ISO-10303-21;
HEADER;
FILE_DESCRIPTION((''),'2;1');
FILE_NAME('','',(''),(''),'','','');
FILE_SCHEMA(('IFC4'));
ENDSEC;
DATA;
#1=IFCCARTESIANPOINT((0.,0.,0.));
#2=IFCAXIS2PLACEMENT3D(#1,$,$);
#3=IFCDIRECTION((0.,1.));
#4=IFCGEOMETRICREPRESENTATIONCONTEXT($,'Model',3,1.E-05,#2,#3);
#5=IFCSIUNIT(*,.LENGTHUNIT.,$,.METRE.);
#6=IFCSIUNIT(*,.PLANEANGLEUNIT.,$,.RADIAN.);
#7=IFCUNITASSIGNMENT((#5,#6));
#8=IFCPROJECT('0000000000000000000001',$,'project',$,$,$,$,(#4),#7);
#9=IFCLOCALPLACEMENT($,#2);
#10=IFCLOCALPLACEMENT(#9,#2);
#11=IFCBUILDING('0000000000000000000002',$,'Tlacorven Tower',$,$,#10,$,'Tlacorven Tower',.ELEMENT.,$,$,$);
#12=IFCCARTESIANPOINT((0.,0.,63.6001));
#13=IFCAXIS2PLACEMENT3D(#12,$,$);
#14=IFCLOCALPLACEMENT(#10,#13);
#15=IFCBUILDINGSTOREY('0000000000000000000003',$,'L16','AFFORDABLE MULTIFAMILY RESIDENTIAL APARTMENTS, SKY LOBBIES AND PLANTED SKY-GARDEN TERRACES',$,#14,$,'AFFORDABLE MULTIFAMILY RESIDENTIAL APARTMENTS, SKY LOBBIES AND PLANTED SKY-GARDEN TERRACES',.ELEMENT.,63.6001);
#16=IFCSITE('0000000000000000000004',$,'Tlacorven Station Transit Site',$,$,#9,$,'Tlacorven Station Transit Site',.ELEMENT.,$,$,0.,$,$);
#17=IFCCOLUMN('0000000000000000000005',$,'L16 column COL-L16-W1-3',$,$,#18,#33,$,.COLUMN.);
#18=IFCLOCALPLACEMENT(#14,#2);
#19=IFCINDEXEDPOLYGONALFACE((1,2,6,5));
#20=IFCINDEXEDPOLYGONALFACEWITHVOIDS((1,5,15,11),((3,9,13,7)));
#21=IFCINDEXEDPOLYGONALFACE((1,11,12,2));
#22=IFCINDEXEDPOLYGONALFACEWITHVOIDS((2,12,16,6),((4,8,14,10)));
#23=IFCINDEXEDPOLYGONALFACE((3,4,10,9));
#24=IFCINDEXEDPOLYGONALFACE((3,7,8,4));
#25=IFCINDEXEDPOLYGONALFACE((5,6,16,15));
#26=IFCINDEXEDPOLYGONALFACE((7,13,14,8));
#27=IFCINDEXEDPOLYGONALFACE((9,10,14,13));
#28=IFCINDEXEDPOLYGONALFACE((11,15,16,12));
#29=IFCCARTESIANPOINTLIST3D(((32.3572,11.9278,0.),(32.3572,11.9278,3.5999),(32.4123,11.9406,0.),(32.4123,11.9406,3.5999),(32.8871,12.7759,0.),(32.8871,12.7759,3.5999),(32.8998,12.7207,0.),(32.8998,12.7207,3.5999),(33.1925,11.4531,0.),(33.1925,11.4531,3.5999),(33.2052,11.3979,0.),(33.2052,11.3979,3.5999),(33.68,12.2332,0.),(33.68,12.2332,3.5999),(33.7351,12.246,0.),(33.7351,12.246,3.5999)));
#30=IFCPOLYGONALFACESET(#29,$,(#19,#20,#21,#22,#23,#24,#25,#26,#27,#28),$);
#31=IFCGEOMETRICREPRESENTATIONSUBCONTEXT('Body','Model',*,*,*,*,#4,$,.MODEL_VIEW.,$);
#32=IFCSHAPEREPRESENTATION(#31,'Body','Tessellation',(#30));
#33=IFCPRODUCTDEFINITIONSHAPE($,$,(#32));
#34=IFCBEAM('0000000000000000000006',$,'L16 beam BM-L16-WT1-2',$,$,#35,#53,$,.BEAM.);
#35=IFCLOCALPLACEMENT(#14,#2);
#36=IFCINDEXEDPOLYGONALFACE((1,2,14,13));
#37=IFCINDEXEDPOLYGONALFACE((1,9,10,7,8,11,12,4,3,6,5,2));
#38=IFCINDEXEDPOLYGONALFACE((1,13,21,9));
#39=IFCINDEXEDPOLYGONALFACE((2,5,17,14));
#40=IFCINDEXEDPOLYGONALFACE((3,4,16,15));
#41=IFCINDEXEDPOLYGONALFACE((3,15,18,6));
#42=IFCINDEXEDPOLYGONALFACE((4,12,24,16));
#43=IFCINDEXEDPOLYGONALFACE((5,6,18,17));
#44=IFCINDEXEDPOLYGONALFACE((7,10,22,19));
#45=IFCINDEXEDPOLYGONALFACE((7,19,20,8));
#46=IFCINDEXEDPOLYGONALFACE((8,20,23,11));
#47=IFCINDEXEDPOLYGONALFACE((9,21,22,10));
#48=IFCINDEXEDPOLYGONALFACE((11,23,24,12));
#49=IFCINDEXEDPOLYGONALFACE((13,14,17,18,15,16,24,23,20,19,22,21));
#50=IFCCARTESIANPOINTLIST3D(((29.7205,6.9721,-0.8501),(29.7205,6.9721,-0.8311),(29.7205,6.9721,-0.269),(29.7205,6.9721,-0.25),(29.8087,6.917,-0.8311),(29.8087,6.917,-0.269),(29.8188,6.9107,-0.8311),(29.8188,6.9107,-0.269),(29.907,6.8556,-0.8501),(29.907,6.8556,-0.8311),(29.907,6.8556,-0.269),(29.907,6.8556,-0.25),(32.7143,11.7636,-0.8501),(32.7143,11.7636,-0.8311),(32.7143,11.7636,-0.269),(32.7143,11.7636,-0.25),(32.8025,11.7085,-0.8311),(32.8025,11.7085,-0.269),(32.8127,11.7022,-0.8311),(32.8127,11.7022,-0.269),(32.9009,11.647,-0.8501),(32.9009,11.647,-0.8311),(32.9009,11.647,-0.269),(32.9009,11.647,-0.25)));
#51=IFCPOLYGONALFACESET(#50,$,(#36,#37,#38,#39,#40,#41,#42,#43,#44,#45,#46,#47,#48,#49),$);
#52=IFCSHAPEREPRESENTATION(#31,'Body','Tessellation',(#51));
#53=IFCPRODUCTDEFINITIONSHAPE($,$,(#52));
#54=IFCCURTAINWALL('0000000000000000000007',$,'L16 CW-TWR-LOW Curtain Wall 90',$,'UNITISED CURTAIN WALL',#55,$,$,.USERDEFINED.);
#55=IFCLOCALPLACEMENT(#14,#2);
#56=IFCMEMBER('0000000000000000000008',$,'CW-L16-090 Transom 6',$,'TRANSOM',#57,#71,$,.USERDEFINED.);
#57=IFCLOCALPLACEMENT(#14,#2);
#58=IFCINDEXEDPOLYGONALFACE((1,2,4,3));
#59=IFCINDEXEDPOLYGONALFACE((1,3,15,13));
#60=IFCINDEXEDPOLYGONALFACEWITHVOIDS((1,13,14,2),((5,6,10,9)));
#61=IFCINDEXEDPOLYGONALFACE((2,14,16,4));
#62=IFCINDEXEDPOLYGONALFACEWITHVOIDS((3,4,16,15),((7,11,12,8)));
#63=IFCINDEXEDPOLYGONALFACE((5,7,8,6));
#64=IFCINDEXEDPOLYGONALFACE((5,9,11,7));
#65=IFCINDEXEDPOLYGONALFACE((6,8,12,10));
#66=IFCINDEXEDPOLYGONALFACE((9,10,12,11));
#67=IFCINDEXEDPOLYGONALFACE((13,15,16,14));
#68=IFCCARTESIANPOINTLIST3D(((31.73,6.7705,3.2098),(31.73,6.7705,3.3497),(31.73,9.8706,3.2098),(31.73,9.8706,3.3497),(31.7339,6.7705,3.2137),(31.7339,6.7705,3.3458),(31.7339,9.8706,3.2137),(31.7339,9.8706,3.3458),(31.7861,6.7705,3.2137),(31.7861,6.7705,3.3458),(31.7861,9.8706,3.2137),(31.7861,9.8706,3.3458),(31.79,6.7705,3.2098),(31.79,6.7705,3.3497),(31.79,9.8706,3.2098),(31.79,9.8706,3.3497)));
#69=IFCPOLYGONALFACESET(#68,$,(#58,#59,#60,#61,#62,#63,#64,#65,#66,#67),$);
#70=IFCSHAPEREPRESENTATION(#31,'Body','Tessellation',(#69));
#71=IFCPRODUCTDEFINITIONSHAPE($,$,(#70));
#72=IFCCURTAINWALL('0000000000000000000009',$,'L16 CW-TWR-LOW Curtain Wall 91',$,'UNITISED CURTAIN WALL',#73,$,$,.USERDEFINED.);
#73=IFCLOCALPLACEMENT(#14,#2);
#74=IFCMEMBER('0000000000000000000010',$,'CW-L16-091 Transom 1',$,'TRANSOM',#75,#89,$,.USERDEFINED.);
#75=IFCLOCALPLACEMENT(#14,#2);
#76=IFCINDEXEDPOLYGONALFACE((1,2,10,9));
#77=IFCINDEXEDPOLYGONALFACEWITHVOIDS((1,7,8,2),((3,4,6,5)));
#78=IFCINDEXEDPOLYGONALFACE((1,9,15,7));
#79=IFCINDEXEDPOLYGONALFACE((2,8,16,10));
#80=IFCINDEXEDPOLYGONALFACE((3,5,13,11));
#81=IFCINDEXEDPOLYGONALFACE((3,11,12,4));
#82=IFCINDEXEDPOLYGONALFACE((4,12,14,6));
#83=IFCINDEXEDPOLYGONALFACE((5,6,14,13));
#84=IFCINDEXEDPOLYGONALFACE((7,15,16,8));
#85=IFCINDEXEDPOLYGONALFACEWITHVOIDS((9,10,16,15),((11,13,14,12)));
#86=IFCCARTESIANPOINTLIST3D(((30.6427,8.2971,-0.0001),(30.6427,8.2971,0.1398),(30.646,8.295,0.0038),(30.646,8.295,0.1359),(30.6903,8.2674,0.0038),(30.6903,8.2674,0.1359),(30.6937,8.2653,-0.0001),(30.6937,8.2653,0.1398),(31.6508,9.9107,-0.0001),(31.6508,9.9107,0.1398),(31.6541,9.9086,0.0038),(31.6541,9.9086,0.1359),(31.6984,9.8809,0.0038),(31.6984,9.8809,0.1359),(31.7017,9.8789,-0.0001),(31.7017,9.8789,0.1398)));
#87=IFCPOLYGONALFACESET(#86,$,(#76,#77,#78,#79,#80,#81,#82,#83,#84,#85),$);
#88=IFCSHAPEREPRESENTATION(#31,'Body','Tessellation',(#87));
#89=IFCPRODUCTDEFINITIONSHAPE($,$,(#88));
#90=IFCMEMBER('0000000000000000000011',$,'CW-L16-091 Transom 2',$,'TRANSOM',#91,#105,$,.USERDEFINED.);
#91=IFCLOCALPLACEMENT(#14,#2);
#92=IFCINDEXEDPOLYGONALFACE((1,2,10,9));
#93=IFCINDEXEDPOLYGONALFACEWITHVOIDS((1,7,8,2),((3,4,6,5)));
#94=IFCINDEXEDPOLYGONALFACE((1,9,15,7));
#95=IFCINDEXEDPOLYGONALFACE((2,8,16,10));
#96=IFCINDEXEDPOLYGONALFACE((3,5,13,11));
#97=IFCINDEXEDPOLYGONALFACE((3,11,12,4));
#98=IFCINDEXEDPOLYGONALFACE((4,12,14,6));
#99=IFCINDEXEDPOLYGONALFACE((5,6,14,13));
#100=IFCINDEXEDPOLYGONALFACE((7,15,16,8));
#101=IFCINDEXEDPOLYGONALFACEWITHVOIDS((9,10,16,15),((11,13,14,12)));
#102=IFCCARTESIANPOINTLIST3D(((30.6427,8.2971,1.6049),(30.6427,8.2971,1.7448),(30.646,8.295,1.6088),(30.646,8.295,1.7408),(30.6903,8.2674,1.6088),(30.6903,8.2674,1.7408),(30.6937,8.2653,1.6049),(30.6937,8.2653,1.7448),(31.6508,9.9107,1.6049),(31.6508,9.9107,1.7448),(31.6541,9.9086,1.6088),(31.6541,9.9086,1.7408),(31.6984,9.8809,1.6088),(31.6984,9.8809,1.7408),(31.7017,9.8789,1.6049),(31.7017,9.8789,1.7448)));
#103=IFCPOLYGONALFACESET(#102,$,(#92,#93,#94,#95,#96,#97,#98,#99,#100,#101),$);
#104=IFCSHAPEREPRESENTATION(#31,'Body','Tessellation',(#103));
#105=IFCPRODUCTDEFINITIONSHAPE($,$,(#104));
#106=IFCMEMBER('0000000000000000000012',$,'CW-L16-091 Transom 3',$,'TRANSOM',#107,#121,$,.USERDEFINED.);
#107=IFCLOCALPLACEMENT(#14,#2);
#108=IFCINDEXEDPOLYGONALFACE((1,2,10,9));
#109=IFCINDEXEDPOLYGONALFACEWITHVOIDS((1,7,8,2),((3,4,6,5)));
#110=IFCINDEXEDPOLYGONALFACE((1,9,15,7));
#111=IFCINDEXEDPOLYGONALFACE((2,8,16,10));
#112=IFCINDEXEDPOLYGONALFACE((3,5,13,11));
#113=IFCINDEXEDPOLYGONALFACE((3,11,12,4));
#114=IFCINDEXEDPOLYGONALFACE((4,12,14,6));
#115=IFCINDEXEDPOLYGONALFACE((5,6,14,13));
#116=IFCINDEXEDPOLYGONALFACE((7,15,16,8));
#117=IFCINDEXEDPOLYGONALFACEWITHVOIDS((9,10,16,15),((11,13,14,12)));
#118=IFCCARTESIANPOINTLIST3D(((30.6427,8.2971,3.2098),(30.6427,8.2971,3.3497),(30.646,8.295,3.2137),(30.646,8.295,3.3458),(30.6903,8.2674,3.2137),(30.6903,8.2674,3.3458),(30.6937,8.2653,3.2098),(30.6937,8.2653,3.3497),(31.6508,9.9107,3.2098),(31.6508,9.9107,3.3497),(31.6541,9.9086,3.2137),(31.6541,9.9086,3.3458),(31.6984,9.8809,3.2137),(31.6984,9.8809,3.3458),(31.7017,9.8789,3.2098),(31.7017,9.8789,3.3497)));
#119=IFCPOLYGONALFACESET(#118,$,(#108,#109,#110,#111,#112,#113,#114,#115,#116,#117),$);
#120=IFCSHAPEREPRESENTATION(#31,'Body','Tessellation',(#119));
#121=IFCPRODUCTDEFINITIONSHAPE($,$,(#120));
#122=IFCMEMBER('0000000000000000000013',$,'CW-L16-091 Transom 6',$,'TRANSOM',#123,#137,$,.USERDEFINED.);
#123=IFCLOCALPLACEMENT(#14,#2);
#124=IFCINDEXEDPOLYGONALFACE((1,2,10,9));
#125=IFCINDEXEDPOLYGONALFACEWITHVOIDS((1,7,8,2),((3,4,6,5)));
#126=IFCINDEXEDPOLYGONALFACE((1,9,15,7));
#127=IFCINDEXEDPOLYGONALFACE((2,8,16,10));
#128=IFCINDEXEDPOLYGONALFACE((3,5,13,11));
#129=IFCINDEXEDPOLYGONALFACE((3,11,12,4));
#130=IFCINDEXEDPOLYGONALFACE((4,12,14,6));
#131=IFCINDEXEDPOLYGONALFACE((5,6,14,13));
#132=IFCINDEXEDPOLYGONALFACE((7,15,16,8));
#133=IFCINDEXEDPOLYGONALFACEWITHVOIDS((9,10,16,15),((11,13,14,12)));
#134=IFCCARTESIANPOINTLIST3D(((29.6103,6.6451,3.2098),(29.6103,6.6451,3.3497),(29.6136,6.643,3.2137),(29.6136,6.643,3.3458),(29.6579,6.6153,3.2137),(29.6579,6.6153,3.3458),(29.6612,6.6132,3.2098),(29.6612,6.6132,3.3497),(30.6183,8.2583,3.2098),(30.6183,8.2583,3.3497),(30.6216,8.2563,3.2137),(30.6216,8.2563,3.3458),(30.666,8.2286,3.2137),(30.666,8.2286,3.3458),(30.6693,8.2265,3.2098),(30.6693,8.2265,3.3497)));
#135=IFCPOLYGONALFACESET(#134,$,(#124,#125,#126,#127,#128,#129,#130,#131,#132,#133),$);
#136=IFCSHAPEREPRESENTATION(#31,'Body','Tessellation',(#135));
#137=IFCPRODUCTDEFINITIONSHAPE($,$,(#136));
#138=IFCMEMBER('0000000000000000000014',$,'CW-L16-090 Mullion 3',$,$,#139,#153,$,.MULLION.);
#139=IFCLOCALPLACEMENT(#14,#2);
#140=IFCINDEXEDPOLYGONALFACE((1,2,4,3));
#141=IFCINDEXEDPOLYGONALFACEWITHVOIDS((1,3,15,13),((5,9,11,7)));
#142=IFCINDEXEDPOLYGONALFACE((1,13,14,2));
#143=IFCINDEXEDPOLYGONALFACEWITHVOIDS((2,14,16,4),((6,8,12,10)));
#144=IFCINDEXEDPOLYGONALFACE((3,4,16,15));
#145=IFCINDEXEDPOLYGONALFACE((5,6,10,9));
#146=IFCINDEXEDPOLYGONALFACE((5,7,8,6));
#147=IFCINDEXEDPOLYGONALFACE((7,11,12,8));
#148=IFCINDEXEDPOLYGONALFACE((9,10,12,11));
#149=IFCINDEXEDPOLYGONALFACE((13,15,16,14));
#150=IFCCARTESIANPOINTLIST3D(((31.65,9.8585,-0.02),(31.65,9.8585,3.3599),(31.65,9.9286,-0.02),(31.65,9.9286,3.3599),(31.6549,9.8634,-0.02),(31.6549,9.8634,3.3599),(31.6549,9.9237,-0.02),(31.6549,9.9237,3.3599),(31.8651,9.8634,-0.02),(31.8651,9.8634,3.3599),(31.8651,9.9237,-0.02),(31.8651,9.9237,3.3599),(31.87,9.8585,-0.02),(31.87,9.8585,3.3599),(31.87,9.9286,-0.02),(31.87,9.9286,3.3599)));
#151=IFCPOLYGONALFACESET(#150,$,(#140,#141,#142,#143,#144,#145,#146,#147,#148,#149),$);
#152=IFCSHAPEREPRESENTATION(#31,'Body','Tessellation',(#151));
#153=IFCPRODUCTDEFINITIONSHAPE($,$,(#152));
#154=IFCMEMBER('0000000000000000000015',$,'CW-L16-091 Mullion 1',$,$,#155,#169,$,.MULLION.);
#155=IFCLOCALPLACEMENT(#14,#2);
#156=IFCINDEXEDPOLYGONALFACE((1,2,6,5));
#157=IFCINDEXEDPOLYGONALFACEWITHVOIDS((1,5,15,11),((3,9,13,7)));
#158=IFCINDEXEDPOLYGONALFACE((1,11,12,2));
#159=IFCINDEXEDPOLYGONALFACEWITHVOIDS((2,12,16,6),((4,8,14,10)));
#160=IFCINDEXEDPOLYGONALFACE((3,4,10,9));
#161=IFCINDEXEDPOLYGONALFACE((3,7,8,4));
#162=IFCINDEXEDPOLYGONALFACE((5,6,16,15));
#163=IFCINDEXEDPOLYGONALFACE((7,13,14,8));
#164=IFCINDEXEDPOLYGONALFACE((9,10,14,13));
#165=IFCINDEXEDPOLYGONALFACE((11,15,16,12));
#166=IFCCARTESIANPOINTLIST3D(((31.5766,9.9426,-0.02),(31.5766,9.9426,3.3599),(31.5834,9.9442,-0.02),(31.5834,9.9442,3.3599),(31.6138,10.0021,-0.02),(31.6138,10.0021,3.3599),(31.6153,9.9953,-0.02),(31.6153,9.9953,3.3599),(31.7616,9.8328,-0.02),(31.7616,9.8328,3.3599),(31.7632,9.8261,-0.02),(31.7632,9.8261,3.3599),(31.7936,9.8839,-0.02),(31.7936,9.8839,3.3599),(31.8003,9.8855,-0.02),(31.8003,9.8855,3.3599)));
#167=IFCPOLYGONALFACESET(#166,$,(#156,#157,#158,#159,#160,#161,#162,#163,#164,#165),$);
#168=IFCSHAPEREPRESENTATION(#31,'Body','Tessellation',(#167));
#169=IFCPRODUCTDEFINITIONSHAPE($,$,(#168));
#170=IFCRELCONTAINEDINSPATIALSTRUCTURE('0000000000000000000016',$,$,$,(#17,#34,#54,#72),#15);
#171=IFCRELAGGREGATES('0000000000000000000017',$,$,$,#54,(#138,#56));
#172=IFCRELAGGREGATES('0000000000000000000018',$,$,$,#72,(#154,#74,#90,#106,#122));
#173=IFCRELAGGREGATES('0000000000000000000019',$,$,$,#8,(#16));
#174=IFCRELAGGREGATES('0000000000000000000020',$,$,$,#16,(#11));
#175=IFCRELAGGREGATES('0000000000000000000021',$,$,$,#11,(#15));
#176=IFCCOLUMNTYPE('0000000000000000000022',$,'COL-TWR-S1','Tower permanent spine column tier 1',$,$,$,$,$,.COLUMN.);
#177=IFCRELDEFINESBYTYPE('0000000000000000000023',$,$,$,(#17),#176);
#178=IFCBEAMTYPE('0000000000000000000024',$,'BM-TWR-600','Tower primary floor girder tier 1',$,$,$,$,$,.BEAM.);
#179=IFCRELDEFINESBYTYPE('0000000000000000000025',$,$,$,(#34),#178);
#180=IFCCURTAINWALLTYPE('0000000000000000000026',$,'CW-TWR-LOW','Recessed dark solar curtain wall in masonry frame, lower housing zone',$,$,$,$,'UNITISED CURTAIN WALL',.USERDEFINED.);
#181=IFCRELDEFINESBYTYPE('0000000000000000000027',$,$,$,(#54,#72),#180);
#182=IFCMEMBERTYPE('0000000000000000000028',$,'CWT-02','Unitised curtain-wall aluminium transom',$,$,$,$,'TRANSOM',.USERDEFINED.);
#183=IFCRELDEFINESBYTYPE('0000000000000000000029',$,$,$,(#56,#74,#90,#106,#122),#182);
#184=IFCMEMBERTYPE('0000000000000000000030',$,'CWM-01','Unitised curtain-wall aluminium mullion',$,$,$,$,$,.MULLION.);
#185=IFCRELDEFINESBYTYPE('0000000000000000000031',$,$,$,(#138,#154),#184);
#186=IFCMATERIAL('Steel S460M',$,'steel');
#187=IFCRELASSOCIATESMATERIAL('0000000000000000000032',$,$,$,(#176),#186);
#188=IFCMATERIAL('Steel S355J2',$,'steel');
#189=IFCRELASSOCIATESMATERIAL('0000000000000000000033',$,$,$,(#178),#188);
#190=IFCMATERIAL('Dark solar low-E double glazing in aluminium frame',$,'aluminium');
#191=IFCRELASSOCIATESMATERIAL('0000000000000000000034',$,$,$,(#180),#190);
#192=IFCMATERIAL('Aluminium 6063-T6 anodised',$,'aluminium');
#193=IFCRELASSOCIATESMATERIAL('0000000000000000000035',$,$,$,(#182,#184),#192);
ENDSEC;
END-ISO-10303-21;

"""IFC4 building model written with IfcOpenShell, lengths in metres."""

from ifc_helpers import new_model, si_unit, direction, frame, origin, origin_2d, place, context, subcontext, project, spatial, hollow_rectangle, i_section, extrude, source, transform, mapped, material, material_profile, profile_set, type_object, element, aggregate, save


model = new_model("IFC4")

# Units and contexts
model_context = context("Model", 3, precision=1e-05, world=origin(), true_north=direction((0.0, 1.0)))
body_context = subcontext(model_context, "Body", "Model", "MODEL_VIEW")
ifc_project = project(units=[si_unit("LENGTHUNIT", "METRE"), si_unit("PLANEANGLEUNIT", "RADIAN")], contexts=[model_context])

# Site, building, storey
site_placement = place(None, origin())
site = spatial("IfcSite", under=ifc_project, at=site_placement, Name="Tlacorven Station Transit Site", LongName="Tlacorven Station Transit Site", CompositionType="ELEMENT", RefElevation=0.0)
building_placement = place(site_placement, origin())
building = spatial("IfcBuilding", under=site, at=building_placement, Name="Tlacorven Tower", LongName="Tlacorven Tower", CompositionType="ELEMENT")
storey_placement = place(building_placement, frame((0.0, 0.0, 63.6001)))
storey = spatial("IfcBuildingStorey", under=building, at=storey_placement, Name="L16", Description="AFFORDABLE MULTIFAMILY RESIDENTIAL APARTMENTS, SKY LOBBIES AND PLANTED SKY-GARDEN TERRACES", LongName="AFFORDABLE MULTIFAMILY RESIDENTIAL APARTMENTS, SKY LOBBIES AND PLANTED SKY-GARDEN TERRACES", CompositionType="ELEMENT", Elevation=63.6001)

# Column
ifc_material_1 = material(Name="Steel S460M", Category="steel")
ifc_material_profile_1 = material_profile(ifc_material_1, hollow_rectangle(XDim=1.0, YDim=1.0, WallThickness=0.04, at=origin_2d()), Name="BOX 1000X1000X40")
ifc_profile_set_1 = profile_set([ifc_material_profile_1], Name="Steel S460M")
column_type = type_object("IfcColumnType", Name="COL-TWR-S1", Description="Tower permanent spine column tier 1", PredefinedType="COLUMN", material=ifc_profile_set_1)
shared_shape_1 = source(origin(), body_context, "Body", "SweptSolid", [
    extrude(hollow_rectangle(XDim=1.0, YDim=1.0, WallThickness=0.04, at=origin_2d()), origin(), (0.0, 0.0, 1.0), 3.5999),
])
column_placement = place(storey_placement, frame((33.0461, 12.0869, 0.0), z_axis=(0.0, 0.0, 1.0), x_axis=(-0.848048, 0.529919, 0.0)))
element("IfcColumn", 1, at=column_placement, inside=storey, type_object=column_type, Name="L16 column COL-L16-W1-3", PredefinedType="COLUMN", context=body_context, shape_type="MappedRepresentation", body=[
    mapped(shared_shape_1, transform((0.0, 0.0, 0.0), scale=1.0)),
])

# Beam
ifc_material_2 = material(Name="Steel S355J2", Category="steel")
ifc_material_profile_2 = material_profile(ifc_material_2, i_section(OverallWidth=0.22, OverallDepth=0.6001, WebThickness=0.012, FlangeThickness=0.019, at=origin_2d()), Name="IPE 600")
ifc_profile_set_2 = profile_set([ifc_material_profile_2], Name="Steel S355J2")
beam_type = type_object("IfcBeamType", Name="BM-TWR-600", Description="Tower primary floor girder tier 1", PredefinedType="BEAM", material=ifc_profile_set_2)
shared_shape_2 = source(origin(), body_context, "Body", "SweptSolid", [
    extrude(i_section(OverallWidth=0.22, OverallDepth=0.6001, WebThickness=0.012, FlangeThickness=0.019, at=origin_2d()), origin(), (0.0, 0.0, 1.0), 5.6499),
])
beam_placement = place(storey_placement, frame((32.8076, 11.7053, -0.55), z_axis=(-0.529898, -0.848061, 0.0), x_axis=(0.848061, -0.529898, 0.0)))
element("IfcBeam", 2, at=beam_placement, inside=storey, type_object=beam_type, Name="L16 beam BM-L16-WT1-2", PredefinedType="BEAM", context=body_context, shape_type="MappedRepresentation", body=[
    mapped(shared_shape_2, transform((0.0, 0.0, 0.0), scale=1.0)),
])

# Curtain wall, member
ifc_material_3 = material(Name="Dark solar low-E double glazing in aluminium frame", Category="aluminium")
curtain_wall_type = type_object("IfcCurtainWallType", Name="CW-TWR-LOW", Description="Recessed dark solar curtain wall in masonry frame, lower housing zone", ElementType="UNITISED CURTAIN WALL", PredefinedType="USERDEFINED", material=ifc_material_3)
curtain_wall_1_placement = place(storey_placement, origin())
curtain_wall_1 = element("IfcCurtainWall", 3, at=curtain_wall_1_placement, inside=storey, type_object=curtain_wall_type, Name="L16 CW-TWR-LOW Curtain Wall 90", ObjectType="UNITISED CURTAIN WALL", PredefinedType="USERDEFINED")
ifc_material_4 = material(Name="Aluminium 6063-T6 anodised", Category="aluminium")
ifc_material_profile_3 = material_profile(ifc_material_4, hollow_rectangle(XDim=0.0601, YDim=0.1399, WallThickness=0.0039, at=origin_2d()), Name="ALU TRANSOM 60X140")
ifc_profile_set_3 = profile_set([ifc_material_profile_3], Name="Aluminium 6063-T6 anodised")
member_type_1 = type_object("IfcMemberType", Name="CWT-02", Description="Unitised curtain-wall aluminium transom", ElementType="TRANSOM", PredefinedType="USERDEFINED", material=ifc_profile_set_3)
shared_shape_3 = source(origin(), body_context, "Body", "SweptSolid", [
    extrude(hollow_rectangle(XDim=0.0601, YDim=0.1399, WallThickness=0.0039, at=origin_2d()), origin(), (0.0, 0.0, 1.0), 3.1001),
])
member_1_placement = place(storey_placement, frame((31.76, 6.7705, 3.2798), z_axis=(0.0, 1.0, 0.0), x_axis=(-1.0, 0.0, 0.0)))
member_1 = element("IfcMember", 4, at=member_1_placement, type_object=member_type_1, Name="CW-L16-090 Transom 6", ObjectType="TRANSOM", PredefinedType="USERDEFINED", context=body_context, shape_type="MappedRepresentation", body=[
    mapped(shared_shape_3, transform((0.0, 0.0, 0.0), scale=1.0)),
])

# Curtain wall, members
curtain_wall_2_placement = place(storey_placement, origin())
curtain_wall_2 = element("IfcCurtainWall", 5, at=curtain_wall_2_placement, inside=storey, type_object=curtain_wall_type, Name="L16 CW-TWR-LOW Curtain Wall 91", ObjectType="UNITISED CURTAIN WALL", PredefinedType="USERDEFINED")
shared_shape_4 = source(origin(), body_context, "Body", "SweptSolid", [
    extrude(hollow_rectangle(XDim=0.0601, YDim=0.1399, WallThickness=0.0039, at=origin_2d()), origin(), (0.0, 0.0, 1.0), 1.9026),
])
member_2_placement = place(storey_placement, frame((31.6763, 9.8948, 0.0698), z_axis=(-0.529849, -0.848092, 0.0), x_axis=(0.848092, -0.529849, 0.0)))
member_2 = element("IfcMember", 6, at=member_2_placement, type_object=member_type_1, Name="CW-L16-091 Transom 1", ObjectType="TRANSOM", PredefinedType="USERDEFINED", context=body_context, shape_type="MappedRepresentation", body=[
    mapped(shared_shape_4, transform((0.0, 0.0, 0.0), scale=1.0)),
])
member_3_placement = place(storey_placement, frame((31.6763, 9.8948, 1.6748), z_axis=(-0.529849, -0.848092, 0.0), x_axis=(0.848092, -0.529849, 0.0)))
member_3 = element("IfcMember", 7, at=member_3_placement, type_object=member_type_1, Name="CW-L16-091 Transom 2", ObjectType="TRANSOM", PredefinedType="USERDEFINED", context=body_context, shape_type="MappedRepresentation", body=[
    mapped(shared_shape_4, transform((0.0, 0.0, 0.0), scale=1.0)),
])
member_4_placement = place(storey_placement, frame((31.6763, 9.8948, 3.2798), z_axis=(-0.529849, -0.848092, 0.0), x_axis=(0.848092, -0.529849, 0.0)))
member_4 = element("IfcMember", 8, at=member_4_placement, type_object=member_type_1, Name="CW-L16-091 Transom 3", ObjectType="TRANSOM", PredefinedType="USERDEFINED", context=body_context, shape_type="MappedRepresentation", body=[
    mapped(shared_shape_4, transform((0.0, 0.0, 0.0), scale=1.0)),
])
shared_shape_5 = source(origin(), body_context, "Body", "SweptSolid", [
    extrude(hollow_rectangle(XDim=0.0601, YDim=0.1399, WallThickness=0.0039, at=origin_2d()), origin(), (0.0, 0.0, 1.0), 1.9023),
])
member_5_placement = place(storey_placement, frame((30.6438, 8.2424, 3.2798), z_axis=(-0.529907, -0.848056, 0.0), x_axis=(0.848056, -0.529907, 0.0)))
member_5 = element("IfcMember", 9, at=member_5_placement, type_object=member_type_1, Name="CW-L16-091 Transom 6", ObjectType="TRANSOM", PredefinedType="USERDEFINED", context=body_context, shape_type="MappedRepresentation", body=[
    mapped(shared_shape_5, transform((0.0, 0.0, 0.0), scale=1.0)),
])

# Members
ifc_material_profile_4 = material_profile(ifc_material_4, hollow_rectangle(XDim=0.0701, YDim=0.22, WallThickness=0.0049, at=origin_2d()), Name="ALU MULLION 70X220")
ifc_profile_set_4 = profile_set([ifc_material_profile_4], Name="Aluminium 6063-T6 anodised")
member_type_2 = type_object("IfcMemberType", Name="CWM-01", Description="Unitised curtain-wall aluminium mullion", PredefinedType="MULLION", material=ifc_profile_set_4)
shared_shape_6 = source(origin(), body_context, "Body", "SweptSolid", [
    extrude(hollow_rectangle(XDim=0.0701, YDim=0.22, WallThickness=0.0049, at=origin_2d()), origin(), (0.0, 0.0, 1.0), 3.3799),
])
member_6_placement = place(storey_placement, frame((31.76, 9.8936, -0.02), z_axis=(0.0, 0.0, 1.0), x_axis=(0.0, 1.0, 0.0)))
member_6 = element("IfcMember", 10, at=member_6_placement, type_object=member_type_2, Name="CW-L16-090 Mullion 3", PredefinedType="MULLION", context=body_context, shape_type="MappedRepresentation", body=[
    mapped(shared_shape_6, transform((0.0, 0.0, 0.0), scale=1.0)),
])
member_7_placement = place(storey_placement, frame((31.6885, 9.9141, -0.02), z_axis=(0.0, 0.0, 1.0), x_axis=(-0.529919, -0.848048, 0.0)))
member_7 = element("IfcMember", 11, at=member_7_placement, type_object=member_type_2, Name="CW-L16-091 Mullion 1", PredefinedType="MULLION", context=body_context, shape_type="MappedRepresentation", body=[
    mapped(shared_shape_6, transform((0.0, 0.0, 0.0), scale=1.0)),
])

aggregate(curtain_wall_1, [member_6, member_1])
aggregate(curtain_wall_2, [member_7, member_2, member_3, member_4, member_5])

save(model, "model.ifc")
